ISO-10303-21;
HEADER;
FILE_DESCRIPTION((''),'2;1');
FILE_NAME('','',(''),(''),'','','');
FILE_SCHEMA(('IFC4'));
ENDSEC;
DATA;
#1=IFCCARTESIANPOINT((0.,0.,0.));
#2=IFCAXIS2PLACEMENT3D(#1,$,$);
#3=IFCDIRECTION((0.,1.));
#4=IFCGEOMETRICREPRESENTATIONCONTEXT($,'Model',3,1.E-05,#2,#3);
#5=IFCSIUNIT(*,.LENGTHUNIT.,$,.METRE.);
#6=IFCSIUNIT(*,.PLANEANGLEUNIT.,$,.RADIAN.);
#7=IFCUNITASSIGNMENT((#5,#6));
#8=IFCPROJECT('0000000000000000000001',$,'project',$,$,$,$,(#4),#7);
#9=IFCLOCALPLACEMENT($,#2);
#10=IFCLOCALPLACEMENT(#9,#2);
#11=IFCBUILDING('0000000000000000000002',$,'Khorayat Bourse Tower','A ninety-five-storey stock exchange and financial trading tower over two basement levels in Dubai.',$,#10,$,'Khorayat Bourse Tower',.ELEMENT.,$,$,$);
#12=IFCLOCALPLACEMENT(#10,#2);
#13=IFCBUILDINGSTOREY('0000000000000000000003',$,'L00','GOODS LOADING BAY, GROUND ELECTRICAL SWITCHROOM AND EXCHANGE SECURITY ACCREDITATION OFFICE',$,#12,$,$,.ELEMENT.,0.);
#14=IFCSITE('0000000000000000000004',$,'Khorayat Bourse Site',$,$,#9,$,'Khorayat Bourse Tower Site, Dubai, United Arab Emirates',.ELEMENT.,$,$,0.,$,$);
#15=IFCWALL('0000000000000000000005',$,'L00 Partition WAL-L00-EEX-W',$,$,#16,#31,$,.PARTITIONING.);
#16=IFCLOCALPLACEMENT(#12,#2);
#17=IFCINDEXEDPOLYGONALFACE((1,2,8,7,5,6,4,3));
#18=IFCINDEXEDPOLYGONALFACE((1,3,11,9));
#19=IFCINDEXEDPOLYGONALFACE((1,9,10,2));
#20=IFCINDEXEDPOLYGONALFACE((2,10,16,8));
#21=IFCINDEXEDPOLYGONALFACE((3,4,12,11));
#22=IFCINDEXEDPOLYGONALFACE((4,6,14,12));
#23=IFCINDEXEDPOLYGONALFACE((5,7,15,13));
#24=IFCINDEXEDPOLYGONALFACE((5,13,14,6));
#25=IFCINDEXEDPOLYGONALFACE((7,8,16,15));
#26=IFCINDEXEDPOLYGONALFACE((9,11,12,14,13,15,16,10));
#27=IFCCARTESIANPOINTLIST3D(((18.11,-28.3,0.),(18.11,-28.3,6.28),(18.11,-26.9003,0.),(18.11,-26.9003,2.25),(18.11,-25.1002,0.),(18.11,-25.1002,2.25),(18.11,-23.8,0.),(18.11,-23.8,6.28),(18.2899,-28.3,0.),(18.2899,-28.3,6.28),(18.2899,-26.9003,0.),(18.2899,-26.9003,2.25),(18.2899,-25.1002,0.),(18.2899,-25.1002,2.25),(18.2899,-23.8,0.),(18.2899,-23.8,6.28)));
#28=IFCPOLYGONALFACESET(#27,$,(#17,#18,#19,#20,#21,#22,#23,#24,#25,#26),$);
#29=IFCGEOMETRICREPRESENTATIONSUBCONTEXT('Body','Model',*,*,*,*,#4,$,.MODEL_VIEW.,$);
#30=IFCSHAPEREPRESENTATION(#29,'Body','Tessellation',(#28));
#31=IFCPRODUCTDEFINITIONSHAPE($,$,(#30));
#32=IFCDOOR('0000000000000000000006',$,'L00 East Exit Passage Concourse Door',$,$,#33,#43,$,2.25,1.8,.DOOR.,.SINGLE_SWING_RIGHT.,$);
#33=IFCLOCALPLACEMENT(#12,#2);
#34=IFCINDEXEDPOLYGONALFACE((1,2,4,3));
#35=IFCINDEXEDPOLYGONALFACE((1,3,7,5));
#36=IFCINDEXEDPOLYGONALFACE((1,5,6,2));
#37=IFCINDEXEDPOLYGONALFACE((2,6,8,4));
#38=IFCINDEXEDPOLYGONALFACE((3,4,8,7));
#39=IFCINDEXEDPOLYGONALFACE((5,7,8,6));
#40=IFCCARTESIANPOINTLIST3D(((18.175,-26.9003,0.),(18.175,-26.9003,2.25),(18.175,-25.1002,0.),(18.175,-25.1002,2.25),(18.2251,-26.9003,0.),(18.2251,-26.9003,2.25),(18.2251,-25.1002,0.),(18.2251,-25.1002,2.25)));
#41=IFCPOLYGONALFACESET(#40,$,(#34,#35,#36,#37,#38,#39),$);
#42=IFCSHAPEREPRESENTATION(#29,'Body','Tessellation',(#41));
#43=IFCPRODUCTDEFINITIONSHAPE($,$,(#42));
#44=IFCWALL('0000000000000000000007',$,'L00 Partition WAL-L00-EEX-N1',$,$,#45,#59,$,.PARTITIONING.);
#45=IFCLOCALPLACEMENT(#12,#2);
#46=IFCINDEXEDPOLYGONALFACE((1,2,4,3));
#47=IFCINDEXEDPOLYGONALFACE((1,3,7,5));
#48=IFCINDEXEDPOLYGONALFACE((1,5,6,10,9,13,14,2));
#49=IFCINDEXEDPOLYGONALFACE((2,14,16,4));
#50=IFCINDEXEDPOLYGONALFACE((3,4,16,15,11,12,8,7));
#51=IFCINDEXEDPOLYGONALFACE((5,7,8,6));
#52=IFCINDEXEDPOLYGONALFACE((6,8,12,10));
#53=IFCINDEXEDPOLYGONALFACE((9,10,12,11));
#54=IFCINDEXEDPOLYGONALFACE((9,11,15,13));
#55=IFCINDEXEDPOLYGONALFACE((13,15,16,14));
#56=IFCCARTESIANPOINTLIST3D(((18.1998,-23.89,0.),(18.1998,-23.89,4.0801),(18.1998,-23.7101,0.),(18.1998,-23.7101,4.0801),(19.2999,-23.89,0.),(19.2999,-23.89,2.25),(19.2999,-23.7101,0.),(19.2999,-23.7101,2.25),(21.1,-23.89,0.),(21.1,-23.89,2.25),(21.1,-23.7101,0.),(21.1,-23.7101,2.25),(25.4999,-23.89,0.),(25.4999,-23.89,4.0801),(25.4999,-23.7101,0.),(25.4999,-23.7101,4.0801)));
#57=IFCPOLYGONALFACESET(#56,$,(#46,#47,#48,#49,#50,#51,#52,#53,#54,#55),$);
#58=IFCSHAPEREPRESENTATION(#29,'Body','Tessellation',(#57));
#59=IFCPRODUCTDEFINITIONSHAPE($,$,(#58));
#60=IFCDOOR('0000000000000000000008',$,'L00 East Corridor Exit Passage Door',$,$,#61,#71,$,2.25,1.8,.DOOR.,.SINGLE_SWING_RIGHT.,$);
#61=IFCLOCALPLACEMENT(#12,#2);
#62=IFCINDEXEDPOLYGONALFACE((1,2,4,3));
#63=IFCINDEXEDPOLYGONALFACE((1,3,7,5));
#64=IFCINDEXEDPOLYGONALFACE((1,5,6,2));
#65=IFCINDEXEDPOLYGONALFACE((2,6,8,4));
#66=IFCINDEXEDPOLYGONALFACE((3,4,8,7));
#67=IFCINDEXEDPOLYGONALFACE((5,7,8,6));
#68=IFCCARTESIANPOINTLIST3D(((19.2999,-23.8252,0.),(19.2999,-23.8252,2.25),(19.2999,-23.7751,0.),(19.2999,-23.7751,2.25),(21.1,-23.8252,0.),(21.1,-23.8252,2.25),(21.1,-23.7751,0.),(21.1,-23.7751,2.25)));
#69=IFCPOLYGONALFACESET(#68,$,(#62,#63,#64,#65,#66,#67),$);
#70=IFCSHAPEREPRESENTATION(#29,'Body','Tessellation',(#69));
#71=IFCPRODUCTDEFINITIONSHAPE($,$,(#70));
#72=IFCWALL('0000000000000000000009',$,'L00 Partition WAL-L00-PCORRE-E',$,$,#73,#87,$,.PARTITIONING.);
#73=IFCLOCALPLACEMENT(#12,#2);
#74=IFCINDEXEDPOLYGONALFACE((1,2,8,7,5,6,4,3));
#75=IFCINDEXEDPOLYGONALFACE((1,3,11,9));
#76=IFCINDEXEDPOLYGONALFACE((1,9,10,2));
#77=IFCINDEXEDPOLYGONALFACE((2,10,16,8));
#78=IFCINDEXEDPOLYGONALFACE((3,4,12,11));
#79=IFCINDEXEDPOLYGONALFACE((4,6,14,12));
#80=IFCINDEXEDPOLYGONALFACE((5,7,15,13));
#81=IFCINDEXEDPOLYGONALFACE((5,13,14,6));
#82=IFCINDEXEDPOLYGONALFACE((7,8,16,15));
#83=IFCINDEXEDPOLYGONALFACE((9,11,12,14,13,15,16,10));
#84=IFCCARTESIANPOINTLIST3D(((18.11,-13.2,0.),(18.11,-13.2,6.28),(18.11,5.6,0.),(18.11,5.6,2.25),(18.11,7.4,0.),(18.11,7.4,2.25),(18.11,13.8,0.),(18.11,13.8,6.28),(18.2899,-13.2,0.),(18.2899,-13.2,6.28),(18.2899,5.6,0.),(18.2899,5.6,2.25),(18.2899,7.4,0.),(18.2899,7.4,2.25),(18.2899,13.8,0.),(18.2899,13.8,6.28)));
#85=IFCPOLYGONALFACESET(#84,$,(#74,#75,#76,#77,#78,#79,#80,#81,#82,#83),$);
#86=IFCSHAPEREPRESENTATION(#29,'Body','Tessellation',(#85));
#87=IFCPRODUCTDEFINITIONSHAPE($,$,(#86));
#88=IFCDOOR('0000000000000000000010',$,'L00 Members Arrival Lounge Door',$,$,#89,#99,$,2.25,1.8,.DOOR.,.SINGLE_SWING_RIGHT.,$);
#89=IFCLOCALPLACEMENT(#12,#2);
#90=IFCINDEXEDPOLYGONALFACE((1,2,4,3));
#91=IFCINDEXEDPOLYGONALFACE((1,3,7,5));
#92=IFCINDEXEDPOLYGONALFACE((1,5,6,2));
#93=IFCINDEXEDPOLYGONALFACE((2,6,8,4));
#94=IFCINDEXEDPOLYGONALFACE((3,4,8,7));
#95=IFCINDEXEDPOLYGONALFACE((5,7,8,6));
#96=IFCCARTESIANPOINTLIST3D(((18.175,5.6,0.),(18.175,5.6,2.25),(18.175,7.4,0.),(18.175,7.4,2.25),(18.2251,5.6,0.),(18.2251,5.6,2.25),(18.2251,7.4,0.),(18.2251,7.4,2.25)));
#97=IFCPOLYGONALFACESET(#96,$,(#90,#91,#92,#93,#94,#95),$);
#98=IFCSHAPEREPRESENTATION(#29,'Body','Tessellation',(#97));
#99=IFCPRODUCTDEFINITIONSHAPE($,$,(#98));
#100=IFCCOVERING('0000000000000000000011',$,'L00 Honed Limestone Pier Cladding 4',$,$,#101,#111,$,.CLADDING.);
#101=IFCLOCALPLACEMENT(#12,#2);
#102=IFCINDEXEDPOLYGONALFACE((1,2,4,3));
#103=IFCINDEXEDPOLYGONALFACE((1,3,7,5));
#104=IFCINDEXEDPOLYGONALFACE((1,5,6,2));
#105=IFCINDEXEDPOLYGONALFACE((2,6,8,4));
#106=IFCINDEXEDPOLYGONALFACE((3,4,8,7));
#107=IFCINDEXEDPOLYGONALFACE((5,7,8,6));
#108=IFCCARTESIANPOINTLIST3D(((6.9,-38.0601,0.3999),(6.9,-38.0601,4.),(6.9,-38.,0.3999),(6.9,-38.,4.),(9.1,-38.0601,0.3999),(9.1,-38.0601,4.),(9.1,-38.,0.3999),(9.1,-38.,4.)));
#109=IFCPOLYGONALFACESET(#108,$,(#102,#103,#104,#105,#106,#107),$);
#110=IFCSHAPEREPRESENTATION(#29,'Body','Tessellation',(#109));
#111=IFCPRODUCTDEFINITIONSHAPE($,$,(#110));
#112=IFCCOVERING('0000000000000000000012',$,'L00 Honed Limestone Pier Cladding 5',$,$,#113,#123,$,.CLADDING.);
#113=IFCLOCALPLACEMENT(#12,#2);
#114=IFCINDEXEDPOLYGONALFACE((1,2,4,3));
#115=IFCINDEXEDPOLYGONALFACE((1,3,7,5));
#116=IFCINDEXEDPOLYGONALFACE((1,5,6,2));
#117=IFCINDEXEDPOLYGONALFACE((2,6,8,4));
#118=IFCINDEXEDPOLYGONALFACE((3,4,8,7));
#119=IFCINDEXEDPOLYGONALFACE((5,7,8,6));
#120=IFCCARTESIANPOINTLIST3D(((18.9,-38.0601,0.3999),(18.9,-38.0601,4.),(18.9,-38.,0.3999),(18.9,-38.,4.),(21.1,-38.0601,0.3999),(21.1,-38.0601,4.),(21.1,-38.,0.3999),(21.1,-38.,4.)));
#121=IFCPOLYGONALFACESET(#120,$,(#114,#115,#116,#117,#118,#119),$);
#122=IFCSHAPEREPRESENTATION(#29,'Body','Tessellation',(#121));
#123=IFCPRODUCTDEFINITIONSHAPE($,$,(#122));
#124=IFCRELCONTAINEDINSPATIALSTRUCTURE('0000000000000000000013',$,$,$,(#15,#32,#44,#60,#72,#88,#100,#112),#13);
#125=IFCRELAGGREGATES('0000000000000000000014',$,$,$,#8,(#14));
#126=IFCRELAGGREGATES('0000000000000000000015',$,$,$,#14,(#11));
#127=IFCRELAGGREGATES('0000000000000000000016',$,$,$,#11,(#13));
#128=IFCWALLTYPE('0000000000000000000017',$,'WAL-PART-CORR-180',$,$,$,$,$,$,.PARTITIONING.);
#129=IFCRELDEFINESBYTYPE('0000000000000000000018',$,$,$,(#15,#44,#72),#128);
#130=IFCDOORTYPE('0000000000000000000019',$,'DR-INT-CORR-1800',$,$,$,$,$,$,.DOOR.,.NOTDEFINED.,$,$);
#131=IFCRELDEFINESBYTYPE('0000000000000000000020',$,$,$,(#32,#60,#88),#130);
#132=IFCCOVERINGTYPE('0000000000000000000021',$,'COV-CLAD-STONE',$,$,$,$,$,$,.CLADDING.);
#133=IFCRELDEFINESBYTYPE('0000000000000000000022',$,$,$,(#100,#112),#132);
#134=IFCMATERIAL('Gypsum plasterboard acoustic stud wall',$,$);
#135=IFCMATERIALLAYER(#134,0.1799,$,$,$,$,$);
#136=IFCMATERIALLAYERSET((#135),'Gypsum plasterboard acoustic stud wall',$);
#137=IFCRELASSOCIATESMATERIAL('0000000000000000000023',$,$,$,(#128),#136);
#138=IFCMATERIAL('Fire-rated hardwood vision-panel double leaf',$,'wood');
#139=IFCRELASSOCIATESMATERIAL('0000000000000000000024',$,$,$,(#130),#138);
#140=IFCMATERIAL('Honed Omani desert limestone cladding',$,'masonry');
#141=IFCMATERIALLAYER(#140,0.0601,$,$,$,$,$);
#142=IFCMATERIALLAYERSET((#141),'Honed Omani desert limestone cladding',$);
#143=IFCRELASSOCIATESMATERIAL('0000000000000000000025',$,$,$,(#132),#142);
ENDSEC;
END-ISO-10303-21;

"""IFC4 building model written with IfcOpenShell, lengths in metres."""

from ifc_helpers import new_model, si_unit, direction, frame, frame_2d, origin, origin_2d, place, context, subcontext, project, spatial, rectangle, extrude, source, transform, mapped, material, layer, layer_set, type_object, element, fill, save


model = new_model("IFC4")

# Units and contexts
model_context = context("Model", 3, precision=1e-05, world=origin(), true_north=direction((0.0, 1.0)))
body_context = subcontext(model_context, "Body", "Model", "MODEL_VIEW")
ifc_project = project(units=[si_unit("LENGTHUNIT", "METRE"), si_unit("PLANEANGLEUNIT", "RADIAN")], contexts=[model_context])

# Site, building, storey
site_placement = place(None, origin())
site = spatial("IfcSite", under=ifc_project, at=site_placement, Name="Khorayat Bourse Site", LongName="Khorayat Bourse Tower Site, Dubai, United Arab Emirates", CompositionType="ELEMENT", RefElevation=0.0)
building_placement = place(site_placement, origin())
building = spatial("IfcBuilding", under=site, at=building_placement, Name="Khorayat Bourse Tower", Description="A ninety-five-storey stock exchange and financial trading tower over two basement levels in Dubai.", LongName="Khorayat Bourse Tower", CompositionType="ELEMENT")
storey_placement = place(building_placement, origin())
storey = spatial("IfcBuildingStorey", under=building, at=storey_placement, Name="L00", Description="GOODS LOADING BAY, GROUND ELECTRICAL SWITCHROOM AND EXCHANGE SECURITY ACCREDITATION OFFICE", CompositionType="ELEMENT", Elevation=0.0)

# Shared definitions
ifc_material_1 = material(Name="Gypsum plasterboard acoustic stud wall")
ifc_layer_1 = layer(ifc_material_1, 0.1799)
ifc_layer_set_1 = layer_set([ifc_layer_1], Name="Gypsum plasterboard acoustic stud wall")
wall_type_1 = type_object("IfcWallType", Name="WAL-PART-CORR-180", PredefinedType="PARTITIONING", material=ifc_layer_set_1)

# Walls, openings, doors
shared_shape_1 = source(origin(), body_context, "Body", "SweptSolid", [
    extrude(rectangle(XDim=4.5, YDim=0.1799, at=frame_2d((2.25, 0.0))), origin(), (0.0, 0.0, 1.0), 6.28),
])
wall_1_placement = place(storey_placement, frame((18.2, -28.3, 0.0), z_axis=(0.0, 0.0, 1.0), x_axis=(0.0, 1.0, 0.0)))
wall_1 = element("IfcWall", 1, at=wall_1_placement, inside=storey, type_object=wall_type_1, Name="L00 Partition WAL-L00-EEX-W", PredefinedType="PARTITIONING", context=body_context, shape_type="MappedRepresentation", body=[
    mapped(shared_shape_1, transform((0.0, 0.0, 0.0), scale=1.0)),
])
shared_shape_2 = source(origin(), body_context, "Body", "SweptSolid", [
    extrude(rectangle(XDim=1.8, YDim=2.25, at=frame_2d((0.8999, 1.125))), frame((0.0, 0.0999, 0.0), z_axis=(0.0, -1.0, 0.0), x_axis=(1.0, 0.0, 0.0)), (0.0, 0.0, 1.0), 0.2),
])
opening_1_placement = place(wall_1_placement, frame((1.3999, 0.0, 0.0)))
opening_1 = element("IfcOpeningElement", 2, at=opening_1_placement, cuts=wall_1, PredefinedType="OPENING", context=body_context, shape_type="MappedRepresentation", body=[
    mapped(shared_shape_2, transform((0.0, 0.0, 0.0), scale=1.0)),
])
ifc_material_2 = material(Name="Fire-rated hardwood vision-panel double leaf", Category="wood")
door_type_1 = type_object("IfcDoorType", Name="DR-INT-CORR-1800", OperationType="NOTDEFINED", PredefinedType="DOOR", material=ifc_material_2)
shared_shape_3 = source(origin(), body_context, "Body", "SweptSolid", [
    extrude(rectangle(XDim=1.8, YDim=2.25, at=frame_2d((0.8999, 1.125))), frame((0.0, 0.0249, 0.0), z_axis=(0.0, -1.0, 0.0), x_axis=(1.0, 0.0, 0.0)), (0.0, 0.0, 1.0), 0.05),
])
door_1_placement = place(opening_1_placement, origin())
door_1 = element("IfcDoor", 3, at=door_1_placement, inside=storey, type_object=door_type_1, Name="L00 East Exit Passage Concourse Door", OperationType="SINGLE_SWING_RIGHT", OverallHeight=2.25, OverallWidth=1.8, PredefinedType="DOOR", context=body_context, shape_type="MappedRepresentation", body=[
    mapped(shared_shape_3, transform((0.0, 0.0, 0.0), scale=1.0)),
])
fill(opening_1, door_1)
shared_shape_4 = source(origin(), body_context, "Body", "SweptSolid", [
    extrude(rectangle(XDim=7.3, YDim=0.1799, at=frame_2d((3.6499, 0.0))), origin(), (0.0, 0.0, 1.0), 4.0801),
])
wall_2_placement = place(storey_placement, frame((18.2, -23.8, 0.0), z_axis=(0.0, 0.0, 1.0), x_axis=(1.0, 0.0, 0.0)))
wall_2 = element("IfcWall", 4, at=wall_2_placement, inside=storey, type_object=wall_type_1, Name="L00 Partition WAL-L00-EEX-N1", PredefinedType="PARTITIONING", context=body_context, shape_type="MappedRepresentation", body=[
    mapped(shared_shape_4, transform((0.0, 0.0, 0.0), scale=1.0)),
])
opening_2_placement = place(wall_2_placement, frame((1.1001, 0.0, 0.0)))
opening_2 = element("IfcOpeningElement", 5, at=opening_2_placement, cuts=wall_2, PredefinedType="OPENING", context=body_context, shape_type="MappedRepresentation", body=[
    mapped(shared_shape_2, transform((0.0, 0.0, 0.0), scale=1.0)),
])
door_2_placement = place(opening_2_placement, origin())
door_2 = element("IfcDoor", 6, at=door_2_placement, inside=storey, type_object=door_type_1, Name="L00 East Corridor Exit Passage Door", OperationType="SINGLE_SWING_RIGHT", OverallHeight=2.25, OverallWidth=1.8, PredefinedType="DOOR", context=body_context, shape_type="MappedRepresentation", body=[
    mapped(shared_shape_3, transform((0.0, 0.0, 0.0), scale=1.0)),
])
fill(opening_2, door_2)
shared_shape_5 = source(origin(), body_context, "Body", "SweptSolid", [
    extrude(rectangle(XDim=27.0, YDim=0.1799, at=frame_2d((13.5, 0.0))), origin(), (0.0, 0.0, 1.0), 6.28),
])
wall_3_placement = place(storey_placement, frame((18.2, -13.2, 0.0), z_axis=(0.0, 0.0, 1.0), x_axis=(0.0, 1.0, 0.0)))
wall_3 = element("IfcWall", 7, at=wall_3_placement, inside=storey, type_object=wall_type_1, Name="L00 Partition WAL-L00-PCORRE-E", PredefinedType="PARTITIONING", context=body_context, shape_type="MappedRepresentation", body=[
    mapped(shared_shape_5, transform((0.0, 0.0, 0.0), scale=1.0)),
])
opening_3_placement = place(wall_3_placement, frame((18.8, 0.0, 0.0)))
opening_3 = element("IfcOpeningElement", 8, at=opening_3_placement, cuts=wall_3, PredefinedType="OPENING", context=body_context, shape_type="MappedRepresentation", body=[
    mapped(shared_shape_2, transform((0.0, 0.0, 0.0), scale=1.0)),
])
door_3_placement = place(opening_3_placement, origin())
door_3 = element("IfcDoor", 9, at=door_3_placement, inside=storey, type_object=door_type_1, Name="L00 Members Arrival Lounge Door", OperationType="SINGLE_SWING_RIGHT", OverallHeight=2.25, OverallWidth=1.8, PredefinedType="DOOR", context=body_context, shape_type="MappedRepresentation", body=[
    mapped(shared_shape_3, transform((0.0, 0.0, 0.0), scale=1.0)),
])
fill(opening_3, door_3)

# Coverings
ifc_material_3 = material(Name="Honed Omani desert limestone cladding", Category="masonry")
ifc_layer_2 = layer(ifc_material_3, 0.0601)
ifc_layer_set_2 = layer_set([ifc_layer_2], Name="Honed Omani desert limestone cladding")
covering_type = type_object("IfcCoveringType", Name="COV-CLAD-STONE", PredefinedType="CLADDING", material=ifc_layer_set_2)
shared_shape_6 = source(origin(), body_context, "Body", "SweptSolid", [
    extrude(rectangle(XDim=2.2, YDim=0.0601, at=origin_2d()), origin(), (0.0, 0.0, 1.0), 3.6001),
])
for number, where, z_axis, x_axis, name in (
    (10, (8.0, -38.03, 0.3999), (0.0, 0.0, 1.0), (1.0, 0.0, 0.0), "L00 Honed Limestone Pier Cladding 4"),
    (11, (20.0, -38.03, 0.3999), (0.0, 0.0, 1.0), (1.0, 0.0, 0.0), "L00 Honed Limestone Pier Cladding 5"),
):
    element("IfcCovering", number, at=place(storey_placement, frame(where, z_axis=z_axis, x_axis=x_axis)), inside=storey, type_object=covering_type, Name=name, PredefinedType="CLADDING", context=body_context, shape_type="MappedRepresentation", body=[
        mapped(shared_shape_6, transform((0.0, 0.0, 0.0), scale=1.0)),
    ])

save(model, "model.ifc")
